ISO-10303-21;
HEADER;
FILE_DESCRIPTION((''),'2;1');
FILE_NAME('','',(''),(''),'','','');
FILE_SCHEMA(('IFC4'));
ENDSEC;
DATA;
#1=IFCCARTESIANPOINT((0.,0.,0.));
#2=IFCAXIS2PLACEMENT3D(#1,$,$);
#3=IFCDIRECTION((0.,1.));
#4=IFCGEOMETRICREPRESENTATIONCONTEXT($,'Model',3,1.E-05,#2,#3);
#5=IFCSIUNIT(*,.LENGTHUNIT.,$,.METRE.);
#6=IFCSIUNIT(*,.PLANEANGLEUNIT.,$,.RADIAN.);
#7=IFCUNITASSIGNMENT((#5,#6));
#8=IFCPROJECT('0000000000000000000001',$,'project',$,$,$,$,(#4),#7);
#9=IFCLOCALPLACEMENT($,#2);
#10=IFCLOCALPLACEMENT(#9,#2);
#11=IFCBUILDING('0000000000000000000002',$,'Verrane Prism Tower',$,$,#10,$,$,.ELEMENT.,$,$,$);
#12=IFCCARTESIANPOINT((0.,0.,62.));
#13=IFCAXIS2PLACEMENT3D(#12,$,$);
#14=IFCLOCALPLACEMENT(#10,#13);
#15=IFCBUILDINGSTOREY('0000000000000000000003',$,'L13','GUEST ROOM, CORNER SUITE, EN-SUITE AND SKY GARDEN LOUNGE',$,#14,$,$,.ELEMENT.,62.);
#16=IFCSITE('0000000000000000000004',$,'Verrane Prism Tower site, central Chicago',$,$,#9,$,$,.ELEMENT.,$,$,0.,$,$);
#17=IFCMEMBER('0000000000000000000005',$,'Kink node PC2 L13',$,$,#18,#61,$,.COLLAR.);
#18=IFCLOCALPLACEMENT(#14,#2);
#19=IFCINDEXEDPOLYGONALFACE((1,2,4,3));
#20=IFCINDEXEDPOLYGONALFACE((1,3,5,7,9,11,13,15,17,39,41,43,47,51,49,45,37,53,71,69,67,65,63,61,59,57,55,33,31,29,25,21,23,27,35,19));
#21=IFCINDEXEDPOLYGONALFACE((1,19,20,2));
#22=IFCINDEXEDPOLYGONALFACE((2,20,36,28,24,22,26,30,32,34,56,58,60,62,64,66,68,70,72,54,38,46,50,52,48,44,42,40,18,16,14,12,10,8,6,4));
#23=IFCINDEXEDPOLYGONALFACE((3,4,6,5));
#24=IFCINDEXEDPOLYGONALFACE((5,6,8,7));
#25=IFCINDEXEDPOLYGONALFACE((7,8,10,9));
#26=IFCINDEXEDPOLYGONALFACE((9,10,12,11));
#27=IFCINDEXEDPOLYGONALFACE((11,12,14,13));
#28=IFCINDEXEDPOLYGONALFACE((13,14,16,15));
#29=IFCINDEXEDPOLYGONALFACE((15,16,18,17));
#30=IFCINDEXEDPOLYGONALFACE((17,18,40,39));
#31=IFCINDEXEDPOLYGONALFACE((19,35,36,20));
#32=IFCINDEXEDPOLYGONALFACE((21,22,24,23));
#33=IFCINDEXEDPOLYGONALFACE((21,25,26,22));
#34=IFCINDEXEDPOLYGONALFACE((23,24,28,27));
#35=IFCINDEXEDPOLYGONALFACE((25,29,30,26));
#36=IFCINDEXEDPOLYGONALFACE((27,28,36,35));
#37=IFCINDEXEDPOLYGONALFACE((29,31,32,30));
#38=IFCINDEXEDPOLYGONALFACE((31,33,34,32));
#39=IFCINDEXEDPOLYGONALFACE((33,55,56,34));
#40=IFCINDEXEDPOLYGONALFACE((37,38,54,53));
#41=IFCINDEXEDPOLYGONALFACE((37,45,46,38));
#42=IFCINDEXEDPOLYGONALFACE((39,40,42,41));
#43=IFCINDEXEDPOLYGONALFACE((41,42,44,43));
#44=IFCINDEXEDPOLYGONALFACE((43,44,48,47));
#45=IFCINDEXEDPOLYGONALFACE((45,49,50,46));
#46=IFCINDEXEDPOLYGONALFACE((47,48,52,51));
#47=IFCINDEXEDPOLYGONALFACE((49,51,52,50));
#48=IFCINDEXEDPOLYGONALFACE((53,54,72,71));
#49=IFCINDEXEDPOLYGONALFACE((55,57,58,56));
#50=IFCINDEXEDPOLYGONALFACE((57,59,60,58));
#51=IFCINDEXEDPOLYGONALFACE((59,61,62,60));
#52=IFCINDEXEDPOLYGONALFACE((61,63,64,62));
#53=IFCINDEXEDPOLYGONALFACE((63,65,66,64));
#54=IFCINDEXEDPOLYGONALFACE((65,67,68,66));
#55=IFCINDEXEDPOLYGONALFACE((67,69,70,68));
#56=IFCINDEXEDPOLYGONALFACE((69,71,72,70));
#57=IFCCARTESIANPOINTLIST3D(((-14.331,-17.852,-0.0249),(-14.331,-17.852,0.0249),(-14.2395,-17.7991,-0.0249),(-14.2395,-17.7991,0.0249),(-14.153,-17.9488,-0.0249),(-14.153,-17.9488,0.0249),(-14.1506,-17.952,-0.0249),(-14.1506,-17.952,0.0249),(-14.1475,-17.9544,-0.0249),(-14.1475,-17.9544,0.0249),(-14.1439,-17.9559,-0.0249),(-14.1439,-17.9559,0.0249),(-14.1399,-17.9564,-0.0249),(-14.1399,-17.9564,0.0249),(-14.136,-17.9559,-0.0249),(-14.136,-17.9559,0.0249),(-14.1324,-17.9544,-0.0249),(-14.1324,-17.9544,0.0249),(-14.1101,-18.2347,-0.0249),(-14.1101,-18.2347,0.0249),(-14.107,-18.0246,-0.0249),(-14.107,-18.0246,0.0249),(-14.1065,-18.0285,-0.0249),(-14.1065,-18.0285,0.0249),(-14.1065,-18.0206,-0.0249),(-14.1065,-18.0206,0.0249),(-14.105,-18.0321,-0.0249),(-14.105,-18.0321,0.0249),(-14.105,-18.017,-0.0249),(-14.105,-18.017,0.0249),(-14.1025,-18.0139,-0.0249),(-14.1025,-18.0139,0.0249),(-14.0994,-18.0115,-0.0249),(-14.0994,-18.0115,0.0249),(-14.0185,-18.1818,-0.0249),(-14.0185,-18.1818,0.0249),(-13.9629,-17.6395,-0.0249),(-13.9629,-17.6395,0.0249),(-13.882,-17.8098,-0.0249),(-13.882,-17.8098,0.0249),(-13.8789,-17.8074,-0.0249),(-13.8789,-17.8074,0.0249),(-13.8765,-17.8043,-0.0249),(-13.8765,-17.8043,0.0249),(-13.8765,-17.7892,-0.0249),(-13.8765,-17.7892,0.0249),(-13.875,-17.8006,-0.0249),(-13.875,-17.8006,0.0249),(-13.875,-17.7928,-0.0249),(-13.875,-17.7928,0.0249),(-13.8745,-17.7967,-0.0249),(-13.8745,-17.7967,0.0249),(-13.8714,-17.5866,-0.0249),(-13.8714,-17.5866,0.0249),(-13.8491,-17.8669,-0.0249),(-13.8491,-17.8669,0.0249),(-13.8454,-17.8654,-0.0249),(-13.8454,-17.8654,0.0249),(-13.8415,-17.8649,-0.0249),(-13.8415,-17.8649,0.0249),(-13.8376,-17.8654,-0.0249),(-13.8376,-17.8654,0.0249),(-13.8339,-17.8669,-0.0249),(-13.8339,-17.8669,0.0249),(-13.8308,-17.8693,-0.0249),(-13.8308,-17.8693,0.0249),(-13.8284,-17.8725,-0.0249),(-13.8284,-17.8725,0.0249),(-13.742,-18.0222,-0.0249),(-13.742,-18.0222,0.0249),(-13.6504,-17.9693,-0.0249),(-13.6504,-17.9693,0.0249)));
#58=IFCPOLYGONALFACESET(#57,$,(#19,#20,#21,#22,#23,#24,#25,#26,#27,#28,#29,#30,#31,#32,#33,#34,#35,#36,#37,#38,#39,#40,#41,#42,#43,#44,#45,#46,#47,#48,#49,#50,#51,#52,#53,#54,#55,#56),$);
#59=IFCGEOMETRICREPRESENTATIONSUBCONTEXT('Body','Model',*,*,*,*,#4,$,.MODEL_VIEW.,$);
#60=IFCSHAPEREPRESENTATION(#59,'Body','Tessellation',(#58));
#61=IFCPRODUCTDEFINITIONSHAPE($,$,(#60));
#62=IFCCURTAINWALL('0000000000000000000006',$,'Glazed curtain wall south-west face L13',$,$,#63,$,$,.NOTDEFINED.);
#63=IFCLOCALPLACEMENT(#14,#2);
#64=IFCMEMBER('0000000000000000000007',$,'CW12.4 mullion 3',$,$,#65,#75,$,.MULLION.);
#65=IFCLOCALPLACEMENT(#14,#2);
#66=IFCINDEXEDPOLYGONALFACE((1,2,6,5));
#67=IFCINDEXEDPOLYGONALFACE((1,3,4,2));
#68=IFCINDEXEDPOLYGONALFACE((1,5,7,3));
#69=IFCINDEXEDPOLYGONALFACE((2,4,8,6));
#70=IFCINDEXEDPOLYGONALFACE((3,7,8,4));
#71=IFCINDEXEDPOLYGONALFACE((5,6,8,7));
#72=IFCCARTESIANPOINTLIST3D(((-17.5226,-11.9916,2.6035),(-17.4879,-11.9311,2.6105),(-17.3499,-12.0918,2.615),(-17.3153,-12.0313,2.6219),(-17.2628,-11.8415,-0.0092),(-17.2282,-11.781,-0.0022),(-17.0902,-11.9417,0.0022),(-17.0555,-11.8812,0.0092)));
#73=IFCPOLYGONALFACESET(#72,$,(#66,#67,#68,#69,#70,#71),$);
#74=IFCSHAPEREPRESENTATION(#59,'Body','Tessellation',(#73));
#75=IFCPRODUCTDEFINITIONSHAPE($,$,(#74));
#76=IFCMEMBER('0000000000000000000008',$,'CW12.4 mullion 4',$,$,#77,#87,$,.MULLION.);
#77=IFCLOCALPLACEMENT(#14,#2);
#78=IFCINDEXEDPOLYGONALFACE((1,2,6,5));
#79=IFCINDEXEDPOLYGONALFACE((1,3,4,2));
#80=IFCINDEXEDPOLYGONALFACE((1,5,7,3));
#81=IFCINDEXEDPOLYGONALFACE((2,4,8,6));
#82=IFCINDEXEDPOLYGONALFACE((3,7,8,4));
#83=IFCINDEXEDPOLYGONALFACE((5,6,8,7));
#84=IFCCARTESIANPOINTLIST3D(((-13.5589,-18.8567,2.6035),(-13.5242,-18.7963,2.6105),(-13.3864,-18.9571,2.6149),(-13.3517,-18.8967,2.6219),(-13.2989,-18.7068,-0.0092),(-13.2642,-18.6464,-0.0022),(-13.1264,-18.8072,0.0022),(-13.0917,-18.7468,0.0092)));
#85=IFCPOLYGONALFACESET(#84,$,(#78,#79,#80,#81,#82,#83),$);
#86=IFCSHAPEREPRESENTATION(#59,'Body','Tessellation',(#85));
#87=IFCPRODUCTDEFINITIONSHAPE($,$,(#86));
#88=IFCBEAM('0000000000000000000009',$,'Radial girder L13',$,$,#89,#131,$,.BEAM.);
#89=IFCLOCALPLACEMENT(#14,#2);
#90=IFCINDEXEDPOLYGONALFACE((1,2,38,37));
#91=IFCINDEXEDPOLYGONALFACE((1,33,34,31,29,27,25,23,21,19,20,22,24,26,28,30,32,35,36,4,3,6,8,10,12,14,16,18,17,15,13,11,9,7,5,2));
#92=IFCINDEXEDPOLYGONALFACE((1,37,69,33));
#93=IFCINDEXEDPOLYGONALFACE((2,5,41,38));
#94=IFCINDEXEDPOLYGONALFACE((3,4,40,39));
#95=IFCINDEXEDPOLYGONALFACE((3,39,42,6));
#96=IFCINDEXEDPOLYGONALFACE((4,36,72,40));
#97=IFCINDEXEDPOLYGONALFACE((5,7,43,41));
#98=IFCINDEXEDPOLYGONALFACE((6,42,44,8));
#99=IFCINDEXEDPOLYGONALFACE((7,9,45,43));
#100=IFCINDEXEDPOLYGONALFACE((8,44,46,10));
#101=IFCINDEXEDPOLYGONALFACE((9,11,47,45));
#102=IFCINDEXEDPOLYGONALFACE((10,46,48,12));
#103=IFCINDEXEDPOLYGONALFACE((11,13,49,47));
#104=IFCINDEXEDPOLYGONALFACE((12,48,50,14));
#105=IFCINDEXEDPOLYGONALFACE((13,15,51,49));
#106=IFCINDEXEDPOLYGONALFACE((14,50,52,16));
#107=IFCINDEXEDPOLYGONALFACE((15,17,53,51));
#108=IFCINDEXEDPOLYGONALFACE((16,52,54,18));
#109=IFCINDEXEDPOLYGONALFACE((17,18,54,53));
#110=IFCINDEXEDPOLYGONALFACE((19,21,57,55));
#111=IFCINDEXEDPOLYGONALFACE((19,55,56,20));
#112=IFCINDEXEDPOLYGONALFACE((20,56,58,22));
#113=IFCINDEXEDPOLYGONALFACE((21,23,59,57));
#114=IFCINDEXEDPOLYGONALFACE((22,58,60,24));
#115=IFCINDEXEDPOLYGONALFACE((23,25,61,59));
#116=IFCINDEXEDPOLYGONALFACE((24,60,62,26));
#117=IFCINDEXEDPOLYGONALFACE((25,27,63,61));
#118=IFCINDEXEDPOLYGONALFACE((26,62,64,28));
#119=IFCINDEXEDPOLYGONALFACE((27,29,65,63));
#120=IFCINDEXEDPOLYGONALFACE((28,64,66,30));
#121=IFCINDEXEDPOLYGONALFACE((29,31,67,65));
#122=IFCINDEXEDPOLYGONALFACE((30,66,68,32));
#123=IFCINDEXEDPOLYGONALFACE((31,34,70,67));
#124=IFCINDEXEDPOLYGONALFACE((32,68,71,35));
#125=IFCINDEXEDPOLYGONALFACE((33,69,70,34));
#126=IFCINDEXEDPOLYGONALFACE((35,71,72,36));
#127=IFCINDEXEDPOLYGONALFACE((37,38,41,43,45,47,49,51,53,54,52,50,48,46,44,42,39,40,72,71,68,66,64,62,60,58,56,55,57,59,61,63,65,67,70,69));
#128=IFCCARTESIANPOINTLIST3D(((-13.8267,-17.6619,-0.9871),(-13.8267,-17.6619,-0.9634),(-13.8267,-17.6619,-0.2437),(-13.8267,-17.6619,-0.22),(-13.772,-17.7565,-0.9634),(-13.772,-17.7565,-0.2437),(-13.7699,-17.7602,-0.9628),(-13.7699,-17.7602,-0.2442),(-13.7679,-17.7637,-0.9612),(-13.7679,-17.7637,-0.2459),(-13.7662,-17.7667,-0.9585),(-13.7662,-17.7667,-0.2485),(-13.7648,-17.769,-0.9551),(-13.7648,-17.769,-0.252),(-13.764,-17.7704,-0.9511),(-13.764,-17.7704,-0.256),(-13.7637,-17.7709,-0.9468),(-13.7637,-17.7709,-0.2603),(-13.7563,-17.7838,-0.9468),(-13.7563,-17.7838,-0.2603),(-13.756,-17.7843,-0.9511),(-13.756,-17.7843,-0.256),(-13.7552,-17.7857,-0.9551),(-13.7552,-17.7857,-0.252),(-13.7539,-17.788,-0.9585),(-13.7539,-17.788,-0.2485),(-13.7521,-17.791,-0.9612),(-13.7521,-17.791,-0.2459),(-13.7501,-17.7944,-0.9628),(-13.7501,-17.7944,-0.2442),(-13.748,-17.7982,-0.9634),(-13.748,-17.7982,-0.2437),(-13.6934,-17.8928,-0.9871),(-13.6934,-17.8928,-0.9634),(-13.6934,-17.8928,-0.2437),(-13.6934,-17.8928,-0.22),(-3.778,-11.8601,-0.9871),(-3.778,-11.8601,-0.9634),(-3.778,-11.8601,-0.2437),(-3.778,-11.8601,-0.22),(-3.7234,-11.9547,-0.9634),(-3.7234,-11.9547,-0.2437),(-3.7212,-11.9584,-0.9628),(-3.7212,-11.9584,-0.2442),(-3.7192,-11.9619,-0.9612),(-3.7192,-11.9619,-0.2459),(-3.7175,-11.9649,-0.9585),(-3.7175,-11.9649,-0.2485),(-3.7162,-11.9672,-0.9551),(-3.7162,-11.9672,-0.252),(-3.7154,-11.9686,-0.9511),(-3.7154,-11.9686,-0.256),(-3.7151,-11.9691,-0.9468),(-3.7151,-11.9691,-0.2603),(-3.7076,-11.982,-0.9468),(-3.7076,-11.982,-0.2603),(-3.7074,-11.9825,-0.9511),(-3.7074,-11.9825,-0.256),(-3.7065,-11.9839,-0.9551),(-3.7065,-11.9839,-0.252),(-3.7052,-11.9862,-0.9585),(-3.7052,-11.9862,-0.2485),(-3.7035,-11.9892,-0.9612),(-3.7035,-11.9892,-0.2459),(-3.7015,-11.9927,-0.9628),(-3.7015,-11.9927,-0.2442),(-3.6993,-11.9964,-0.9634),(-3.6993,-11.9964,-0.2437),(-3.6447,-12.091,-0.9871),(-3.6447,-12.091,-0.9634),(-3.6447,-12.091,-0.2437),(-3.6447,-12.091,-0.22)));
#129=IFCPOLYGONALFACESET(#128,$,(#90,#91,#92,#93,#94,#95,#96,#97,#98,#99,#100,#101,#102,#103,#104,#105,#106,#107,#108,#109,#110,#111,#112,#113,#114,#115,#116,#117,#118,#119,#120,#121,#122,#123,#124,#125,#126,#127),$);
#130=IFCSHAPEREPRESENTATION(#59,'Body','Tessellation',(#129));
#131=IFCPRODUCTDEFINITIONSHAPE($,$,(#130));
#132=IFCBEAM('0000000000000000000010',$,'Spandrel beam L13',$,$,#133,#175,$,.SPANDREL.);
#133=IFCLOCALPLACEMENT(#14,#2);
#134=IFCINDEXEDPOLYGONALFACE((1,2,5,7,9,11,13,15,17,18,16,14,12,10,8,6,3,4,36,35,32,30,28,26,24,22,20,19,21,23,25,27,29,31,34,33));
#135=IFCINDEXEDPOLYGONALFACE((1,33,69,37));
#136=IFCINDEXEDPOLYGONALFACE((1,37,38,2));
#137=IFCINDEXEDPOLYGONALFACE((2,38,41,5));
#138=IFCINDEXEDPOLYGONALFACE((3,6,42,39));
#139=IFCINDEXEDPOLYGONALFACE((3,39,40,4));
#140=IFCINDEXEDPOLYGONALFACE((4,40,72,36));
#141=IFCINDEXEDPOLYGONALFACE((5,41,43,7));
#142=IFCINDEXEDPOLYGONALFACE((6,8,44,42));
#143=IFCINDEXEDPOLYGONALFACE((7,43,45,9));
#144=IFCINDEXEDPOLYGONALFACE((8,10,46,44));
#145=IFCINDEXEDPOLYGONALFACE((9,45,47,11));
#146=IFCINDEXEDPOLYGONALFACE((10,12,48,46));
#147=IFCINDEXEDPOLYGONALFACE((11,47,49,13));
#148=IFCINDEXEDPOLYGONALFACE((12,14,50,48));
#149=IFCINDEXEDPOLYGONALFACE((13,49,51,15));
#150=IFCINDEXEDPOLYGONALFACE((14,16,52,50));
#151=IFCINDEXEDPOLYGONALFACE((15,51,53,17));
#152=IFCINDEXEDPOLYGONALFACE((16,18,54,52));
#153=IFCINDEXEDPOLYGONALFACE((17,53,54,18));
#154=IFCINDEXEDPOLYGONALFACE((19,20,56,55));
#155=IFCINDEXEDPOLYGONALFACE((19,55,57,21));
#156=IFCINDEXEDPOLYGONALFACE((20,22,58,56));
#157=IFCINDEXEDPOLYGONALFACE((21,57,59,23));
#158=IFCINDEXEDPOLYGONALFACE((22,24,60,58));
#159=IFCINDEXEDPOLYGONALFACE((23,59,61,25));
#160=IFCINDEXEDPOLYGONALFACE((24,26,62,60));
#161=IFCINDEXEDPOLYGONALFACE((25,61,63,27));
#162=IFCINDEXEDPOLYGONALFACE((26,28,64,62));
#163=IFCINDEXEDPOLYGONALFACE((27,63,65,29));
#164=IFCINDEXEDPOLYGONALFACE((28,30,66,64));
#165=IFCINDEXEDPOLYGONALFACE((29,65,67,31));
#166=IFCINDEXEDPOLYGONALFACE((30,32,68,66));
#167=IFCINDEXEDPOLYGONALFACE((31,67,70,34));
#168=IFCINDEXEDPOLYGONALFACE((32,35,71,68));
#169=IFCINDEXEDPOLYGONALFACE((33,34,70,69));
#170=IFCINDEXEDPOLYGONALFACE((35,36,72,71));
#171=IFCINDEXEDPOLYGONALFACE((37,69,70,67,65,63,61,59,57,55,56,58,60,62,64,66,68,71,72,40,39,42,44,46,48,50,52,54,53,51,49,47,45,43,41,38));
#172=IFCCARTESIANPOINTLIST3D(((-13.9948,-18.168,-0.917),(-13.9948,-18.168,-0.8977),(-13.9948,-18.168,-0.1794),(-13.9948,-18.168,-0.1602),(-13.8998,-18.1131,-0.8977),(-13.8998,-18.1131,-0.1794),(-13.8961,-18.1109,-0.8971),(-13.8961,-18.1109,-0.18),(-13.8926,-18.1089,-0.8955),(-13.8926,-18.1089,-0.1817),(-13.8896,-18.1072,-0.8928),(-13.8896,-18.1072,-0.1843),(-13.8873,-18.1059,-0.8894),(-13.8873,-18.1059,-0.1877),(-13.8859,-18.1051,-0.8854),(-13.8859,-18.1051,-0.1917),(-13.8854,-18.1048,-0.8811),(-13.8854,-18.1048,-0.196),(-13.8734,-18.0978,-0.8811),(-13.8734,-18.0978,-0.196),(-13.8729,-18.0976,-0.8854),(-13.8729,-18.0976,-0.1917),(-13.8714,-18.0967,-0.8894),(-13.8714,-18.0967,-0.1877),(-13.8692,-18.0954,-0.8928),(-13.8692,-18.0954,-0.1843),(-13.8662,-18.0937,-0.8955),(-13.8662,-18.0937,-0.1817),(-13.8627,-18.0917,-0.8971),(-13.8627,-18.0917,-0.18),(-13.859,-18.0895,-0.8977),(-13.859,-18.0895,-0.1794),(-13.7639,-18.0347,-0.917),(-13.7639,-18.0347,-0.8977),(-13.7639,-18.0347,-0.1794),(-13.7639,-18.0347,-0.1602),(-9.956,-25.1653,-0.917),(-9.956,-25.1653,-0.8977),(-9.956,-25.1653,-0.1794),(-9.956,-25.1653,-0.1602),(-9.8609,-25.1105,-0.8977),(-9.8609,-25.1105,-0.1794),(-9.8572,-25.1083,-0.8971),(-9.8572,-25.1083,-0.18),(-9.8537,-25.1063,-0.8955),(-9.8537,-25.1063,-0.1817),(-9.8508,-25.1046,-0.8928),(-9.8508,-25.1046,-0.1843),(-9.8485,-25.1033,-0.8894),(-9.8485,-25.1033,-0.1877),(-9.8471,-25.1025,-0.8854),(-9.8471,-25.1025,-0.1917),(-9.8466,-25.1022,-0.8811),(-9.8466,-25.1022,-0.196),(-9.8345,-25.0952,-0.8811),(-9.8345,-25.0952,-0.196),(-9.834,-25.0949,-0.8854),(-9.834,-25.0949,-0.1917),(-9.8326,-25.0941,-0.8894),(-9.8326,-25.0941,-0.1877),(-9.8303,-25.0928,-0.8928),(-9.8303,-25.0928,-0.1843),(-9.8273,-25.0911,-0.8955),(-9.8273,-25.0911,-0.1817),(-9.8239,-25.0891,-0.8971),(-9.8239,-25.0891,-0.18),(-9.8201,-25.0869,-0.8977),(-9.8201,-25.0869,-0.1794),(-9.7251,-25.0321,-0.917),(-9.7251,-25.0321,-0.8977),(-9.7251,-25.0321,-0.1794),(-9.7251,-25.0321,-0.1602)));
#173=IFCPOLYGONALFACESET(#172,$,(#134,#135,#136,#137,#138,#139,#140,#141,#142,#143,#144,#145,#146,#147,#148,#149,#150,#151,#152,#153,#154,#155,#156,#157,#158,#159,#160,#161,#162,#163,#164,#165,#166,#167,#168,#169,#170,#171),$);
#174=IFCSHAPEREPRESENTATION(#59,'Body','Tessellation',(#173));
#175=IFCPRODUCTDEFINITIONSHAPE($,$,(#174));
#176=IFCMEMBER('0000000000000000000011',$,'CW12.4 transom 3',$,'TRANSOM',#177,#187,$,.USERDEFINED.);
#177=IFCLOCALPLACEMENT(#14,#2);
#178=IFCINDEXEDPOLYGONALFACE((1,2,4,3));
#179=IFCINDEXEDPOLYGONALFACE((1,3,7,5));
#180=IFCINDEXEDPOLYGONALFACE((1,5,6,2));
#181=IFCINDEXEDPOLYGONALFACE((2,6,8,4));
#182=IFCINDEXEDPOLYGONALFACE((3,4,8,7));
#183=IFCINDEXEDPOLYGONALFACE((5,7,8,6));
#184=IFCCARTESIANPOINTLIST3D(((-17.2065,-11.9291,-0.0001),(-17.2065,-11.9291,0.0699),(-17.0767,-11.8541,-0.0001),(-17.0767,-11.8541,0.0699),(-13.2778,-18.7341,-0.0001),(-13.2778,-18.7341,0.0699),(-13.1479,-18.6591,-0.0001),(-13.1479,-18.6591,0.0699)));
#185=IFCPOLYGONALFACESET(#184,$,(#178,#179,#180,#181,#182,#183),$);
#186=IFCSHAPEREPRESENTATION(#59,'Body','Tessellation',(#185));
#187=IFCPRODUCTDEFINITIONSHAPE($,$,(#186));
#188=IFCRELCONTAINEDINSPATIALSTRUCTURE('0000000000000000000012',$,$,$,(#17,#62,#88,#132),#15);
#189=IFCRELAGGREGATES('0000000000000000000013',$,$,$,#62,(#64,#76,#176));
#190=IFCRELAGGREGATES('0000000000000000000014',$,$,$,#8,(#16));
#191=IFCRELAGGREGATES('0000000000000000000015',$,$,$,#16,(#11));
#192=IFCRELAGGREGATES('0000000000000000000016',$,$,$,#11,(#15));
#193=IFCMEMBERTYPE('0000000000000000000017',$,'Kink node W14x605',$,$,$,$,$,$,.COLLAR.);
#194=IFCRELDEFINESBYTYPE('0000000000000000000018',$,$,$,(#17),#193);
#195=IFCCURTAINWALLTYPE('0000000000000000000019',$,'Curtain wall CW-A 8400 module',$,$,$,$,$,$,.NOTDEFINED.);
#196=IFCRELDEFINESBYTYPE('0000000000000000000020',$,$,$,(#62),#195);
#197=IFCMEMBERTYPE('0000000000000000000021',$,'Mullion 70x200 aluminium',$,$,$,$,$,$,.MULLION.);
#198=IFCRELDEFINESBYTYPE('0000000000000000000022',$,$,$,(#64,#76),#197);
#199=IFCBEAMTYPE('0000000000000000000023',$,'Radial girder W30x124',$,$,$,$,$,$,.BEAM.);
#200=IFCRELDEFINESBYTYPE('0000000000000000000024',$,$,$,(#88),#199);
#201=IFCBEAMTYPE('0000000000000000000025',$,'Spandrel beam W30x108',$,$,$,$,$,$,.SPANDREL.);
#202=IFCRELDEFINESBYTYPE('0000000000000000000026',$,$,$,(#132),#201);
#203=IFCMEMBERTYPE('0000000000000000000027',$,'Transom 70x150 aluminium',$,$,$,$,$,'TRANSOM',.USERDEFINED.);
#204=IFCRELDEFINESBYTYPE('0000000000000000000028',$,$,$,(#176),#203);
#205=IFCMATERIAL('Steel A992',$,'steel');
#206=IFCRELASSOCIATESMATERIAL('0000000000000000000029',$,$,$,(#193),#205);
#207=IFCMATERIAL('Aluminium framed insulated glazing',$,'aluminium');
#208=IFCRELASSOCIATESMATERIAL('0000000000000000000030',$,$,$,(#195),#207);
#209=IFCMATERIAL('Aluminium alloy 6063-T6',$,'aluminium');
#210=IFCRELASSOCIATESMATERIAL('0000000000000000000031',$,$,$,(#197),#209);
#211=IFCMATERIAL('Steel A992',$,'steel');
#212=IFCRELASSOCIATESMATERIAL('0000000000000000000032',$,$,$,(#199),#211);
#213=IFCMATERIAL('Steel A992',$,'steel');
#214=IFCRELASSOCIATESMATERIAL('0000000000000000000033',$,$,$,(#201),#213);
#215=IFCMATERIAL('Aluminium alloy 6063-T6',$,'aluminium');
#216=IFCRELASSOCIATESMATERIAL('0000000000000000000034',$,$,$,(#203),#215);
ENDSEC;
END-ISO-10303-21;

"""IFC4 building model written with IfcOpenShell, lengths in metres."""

from ifc_helpers import new_model, si_unit, direction, frame, origin, origin_2d, place, context, subcontext, project, spatial, rectangle, i_section, extrude, material, material_profile, profile_set, type_object, element, aggregate, save


model = new_model("IFC4")

# Units and contexts
model_context = context("Model", 3, precision=1e-05, world=origin(), true_north=direction((0.0, 1.0)))
body_context = subcontext(model_context, "Body", "Model", "MODEL_VIEW")
ifc_project = project(units=[si_unit("LENGTHUNIT", "METRE"), si_unit("PLANEANGLEUNIT", "RADIAN")], contexts=[model_context])

# Site, building, storey
site_placement = place(None, origin())
site = spatial("IfcSite", under=ifc_project, at=site_placement, Name="Verrane Prism Tower site, central Chicago", CompositionType="ELEMENT", RefElevation=0.0)
building_placement = place(site_placement, origin())
building = spatial("IfcBuilding", under=site, at=building_placement, Name="Verrane Prism Tower", CompositionType="ELEMENT")
storey_placement = place(building_placement, frame((0.0, 0.0, 62.0)))
storey = spatial("IfcBuildingStorey", under=building, at=storey_placement, Name="L13", Description="GUEST ROOM, CORNER SUITE, EN-SUITE AND SKY GARDEN LOUNGE", CompositionType="ELEMENT", Elevation=62.0)

# Member
ifc_material_1 = material(Name="Steel A992", Category="steel")
ifc_material_profile_1 = material_profile(ifc_material_1, i_section(OverallWidth=0.4419, OverallDepth=0.5308, WebThickness=0.0659, FlangeThickness=0.1057, FilletRadius=0.0151, at=origin_2d()), Name="W14x605")
ifc_profile_set_1 = profile_set([ifc_material_profile_1], Name="Steel A992")
member_type_1 = type_object("IfcMemberType", Name="Kink node W14x605", PredefinedType="COLLAR", material=ifc_profile_set_1)
member_1_placement = place(storey_placement, frame((-13.9907, -17.9106, -0.0249), z_axis=(0.0, 0.0, 1.0), x_axis=(-0.5, 0.866025, 0.0)))
element("IfcMember", 1, at=member_1_placement, inside=storey, type_object=member_type_1, Name="Kink node PC2 L13", PredefinedType="COLLAR", context=body_context, shape_type="SweptSolid", body=[
    extrude(i_section(OverallWidth=0.4419, OverallDepth=0.5308, WebThickness=0.0659, FlangeThickness=0.1057, FilletRadius=0.0151, at=origin_2d()), origin(), (0.0, 0.0, 1.0), 0.0498),
])

# Curtain wall, members
ifc_material_2 = material(Name="Aluminium framed insulated glazing", Category="aluminium")
curtain_wall_type = type_object("IfcCurtainWallType", Name="Curtain wall CW-A 8400 module", PredefinedType="NOTDEFINED", material=ifc_material_2)
curtain_wall_placement = place(storey_placement, origin())
curtain_wall = element("IfcCurtainWall", 2, at=curtain_wall_placement, inside=storey, type_object=curtain_wall_type, Name="Glazed curtain wall south-west face L13", PredefinedType="NOTDEFINED")
ifc_material_3 = material(Name="Aluminium alloy 6063-T6", Category="aluminium")
ifc_material_profile_2 = material_profile(ifc_material_3, rectangle(XDim=0.2, YDim=0.0701, at=origin_2d()), Name="Mullion 70x200 aluminium")
ifc_profile_set_2 = profile_set([ifc_material_profile_2], Name="Aluminium alloy 6063-T6")
member_type_2 = type_object("IfcMemberType", Name="Mullion 70x200 aluminium", PredefinedType="MULLION", material=ifc_profile_set_2)
member_2_placement = place(storey_placement, frame((-17.1592, -11.8613, 0.0), z_axis=(-0.098772, -0.057091, 0.993471), x_axis=(0.863445, -0.501207, 0.057042)))
member_2 = element("IfcMember", 3, at=member_2_placement, type_object=member_type_2, Name="CW12.4 mullion 3", PredefinedType="MULLION", context=body_context, shape_type="SweptSolid", body=[
    extrude(rectangle(XDim=0.2, YDim=0.0701, at=origin_2d()), origin(), (0.0, 0.0, 1.0), 2.6299),
])
member_3_placement = place(storey_placement, frame((-13.1953, -18.7268, 0.0), z_axis=(-0.098864, -0.056998, 0.993467), x_axis=(0.862886, -0.502167, 0.057059)))
member_3 = element("IfcMember", 4, at=member_3_placement, type_object=member_type_2, Name="CW12.4 mullion 4", PredefinedType="MULLION", context=body_context, shape_type="SweptSolid", body=[
    extrude(rectangle(XDim=0.2, YDim=0.0701, at=origin_2d()), origin(), (0.0, 0.0, 1.0), 2.6299),
])

# Beams
ifc_material_4 = material(Name="Steel A992", Category="steel")
ifc_material_profile_3 = material_profile(ifc_material_4, i_section(OverallWidth=0.2666, OverallDepth=0.7671, WebThickness=0.0149, FlangeThickness=0.0237, FilletRadius=0.0166, at=origin_2d()), Name="W30x124")
ifc_profile_set_3 = profile_set([ifc_material_profile_3], Name="Steel A992")
beam_type_1 = type_object("IfcBeamType", Name="Radial girder W30x124", PredefinedType="BEAM", material=ifc_profile_set_3)
beam_1_placement = place(storey_placement, frame((-13.76, -17.7773, -0.6035), z_axis=(0.866018, 0.500013, 0.0), x_axis=(-0.500013, 0.866018, 0.0)))
element("IfcBeam", 5, at=beam_1_placement, inside=storey, type_object=beam_type_1, Name="Radial girder L13", PredefinedType="BEAM", context=body_context, shape_type="SweptSolid", body=[
    extrude(i_section(OverallWidth=0.2666, OverallDepth=0.7671, WebThickness=0.0149, FlangeThickness=0.0237, FilletRadius=0.0166, at=origin_2d()), origin(), (0.0, 0.0, 1.0), 11.6033),
])
ifc_material_5 = material(Name="Steel A992", Category="steel")
ifc_material_profile_4 = material_profile(ifc_material_5, i_section(OverallWidth=0.2666, OverallDepth=0.7568, WebThickness=0.0139, FlangeThickness=0.0193, FilletRadius=0.0166, at=origin_2d()), Name="W30x108")
ifc_profile_set_4 = profile_set([ifc_material_profile_4], Name="Steel A992")
beam_type_2 = type_object("IfcBeamType", Name="Spandrel beam W30x108", PredefinedType="SPANDREL", material=ifc_profile_set_4)
beam_2_placement = place(storey_placement, frame((-13.8794, -18.1013, -0.5386), z_axis=(0.499899, -0.866083, 0.0), x_axis=(0.866083, 0.499899, 0.0)))
element("IfcBeam", 6, at=beam_2_placement, inside=storey, type_object=beam_type_2, Name="Spandrel beam L13", PredefinedType="SPANDREL", context=body_context, shape_type="SweptSolid", body=[
    extrude(i_section(OverallWidth=0.2666, OverallDepth=0.7568, WebThickness=0.0139, FlangeThickness=0.0193, FilletRadius=0.0166, at=origin_2d()), origin(), (0.0, 0.0, 1.0), 8.0793),
])

# Member
ifc_material_6 = material(Name="Aluminium alloy 6063-T6", Category="aluminium")
ifc_material_profile_5 = material_profile(ifc_material_6, rectangle(XDim=0.1499, YDim=0.0701, at=origin_2d()), Name="Transom 70x150 aluminium")
ifc_profile_set_5 = profile_set([ifc_material_profile_5], Name="Aluminium alloy 6063-T6")
member_type_3 = type_object("IfcMemberType", Name="Transom 70x150 aluminium", ElementType="TRANSOM", PredefinedType="USERDEFINED", material=ifc_profile_set_5)
member_4_placement = place(storey_placement, frame((-17.1416, -11.8916, 0.0349), z_axis=(0.499989, -0.866032, 0.0), x_axis=(0.866032, 0.499989, 0.0)))
member_4 = element("IfcMember", 7, at=member_4_placement, type_object=member_type_3, Name="CW12.4 transom 3", ObjectType="TRANSOM", PredefinedType="USERDEFINED", context=body_context, shape_type="SweptSolid", body=[
    extrude(rectangle(XDim=0.1499, YDim=0.0701, at=origin_2d()), origin(), (0.0, 0.0, 1.0), 7.8577),
])

aggregate(curtain_wall, [member_2, member_3, member_4])

save(model, "model.ifc")
